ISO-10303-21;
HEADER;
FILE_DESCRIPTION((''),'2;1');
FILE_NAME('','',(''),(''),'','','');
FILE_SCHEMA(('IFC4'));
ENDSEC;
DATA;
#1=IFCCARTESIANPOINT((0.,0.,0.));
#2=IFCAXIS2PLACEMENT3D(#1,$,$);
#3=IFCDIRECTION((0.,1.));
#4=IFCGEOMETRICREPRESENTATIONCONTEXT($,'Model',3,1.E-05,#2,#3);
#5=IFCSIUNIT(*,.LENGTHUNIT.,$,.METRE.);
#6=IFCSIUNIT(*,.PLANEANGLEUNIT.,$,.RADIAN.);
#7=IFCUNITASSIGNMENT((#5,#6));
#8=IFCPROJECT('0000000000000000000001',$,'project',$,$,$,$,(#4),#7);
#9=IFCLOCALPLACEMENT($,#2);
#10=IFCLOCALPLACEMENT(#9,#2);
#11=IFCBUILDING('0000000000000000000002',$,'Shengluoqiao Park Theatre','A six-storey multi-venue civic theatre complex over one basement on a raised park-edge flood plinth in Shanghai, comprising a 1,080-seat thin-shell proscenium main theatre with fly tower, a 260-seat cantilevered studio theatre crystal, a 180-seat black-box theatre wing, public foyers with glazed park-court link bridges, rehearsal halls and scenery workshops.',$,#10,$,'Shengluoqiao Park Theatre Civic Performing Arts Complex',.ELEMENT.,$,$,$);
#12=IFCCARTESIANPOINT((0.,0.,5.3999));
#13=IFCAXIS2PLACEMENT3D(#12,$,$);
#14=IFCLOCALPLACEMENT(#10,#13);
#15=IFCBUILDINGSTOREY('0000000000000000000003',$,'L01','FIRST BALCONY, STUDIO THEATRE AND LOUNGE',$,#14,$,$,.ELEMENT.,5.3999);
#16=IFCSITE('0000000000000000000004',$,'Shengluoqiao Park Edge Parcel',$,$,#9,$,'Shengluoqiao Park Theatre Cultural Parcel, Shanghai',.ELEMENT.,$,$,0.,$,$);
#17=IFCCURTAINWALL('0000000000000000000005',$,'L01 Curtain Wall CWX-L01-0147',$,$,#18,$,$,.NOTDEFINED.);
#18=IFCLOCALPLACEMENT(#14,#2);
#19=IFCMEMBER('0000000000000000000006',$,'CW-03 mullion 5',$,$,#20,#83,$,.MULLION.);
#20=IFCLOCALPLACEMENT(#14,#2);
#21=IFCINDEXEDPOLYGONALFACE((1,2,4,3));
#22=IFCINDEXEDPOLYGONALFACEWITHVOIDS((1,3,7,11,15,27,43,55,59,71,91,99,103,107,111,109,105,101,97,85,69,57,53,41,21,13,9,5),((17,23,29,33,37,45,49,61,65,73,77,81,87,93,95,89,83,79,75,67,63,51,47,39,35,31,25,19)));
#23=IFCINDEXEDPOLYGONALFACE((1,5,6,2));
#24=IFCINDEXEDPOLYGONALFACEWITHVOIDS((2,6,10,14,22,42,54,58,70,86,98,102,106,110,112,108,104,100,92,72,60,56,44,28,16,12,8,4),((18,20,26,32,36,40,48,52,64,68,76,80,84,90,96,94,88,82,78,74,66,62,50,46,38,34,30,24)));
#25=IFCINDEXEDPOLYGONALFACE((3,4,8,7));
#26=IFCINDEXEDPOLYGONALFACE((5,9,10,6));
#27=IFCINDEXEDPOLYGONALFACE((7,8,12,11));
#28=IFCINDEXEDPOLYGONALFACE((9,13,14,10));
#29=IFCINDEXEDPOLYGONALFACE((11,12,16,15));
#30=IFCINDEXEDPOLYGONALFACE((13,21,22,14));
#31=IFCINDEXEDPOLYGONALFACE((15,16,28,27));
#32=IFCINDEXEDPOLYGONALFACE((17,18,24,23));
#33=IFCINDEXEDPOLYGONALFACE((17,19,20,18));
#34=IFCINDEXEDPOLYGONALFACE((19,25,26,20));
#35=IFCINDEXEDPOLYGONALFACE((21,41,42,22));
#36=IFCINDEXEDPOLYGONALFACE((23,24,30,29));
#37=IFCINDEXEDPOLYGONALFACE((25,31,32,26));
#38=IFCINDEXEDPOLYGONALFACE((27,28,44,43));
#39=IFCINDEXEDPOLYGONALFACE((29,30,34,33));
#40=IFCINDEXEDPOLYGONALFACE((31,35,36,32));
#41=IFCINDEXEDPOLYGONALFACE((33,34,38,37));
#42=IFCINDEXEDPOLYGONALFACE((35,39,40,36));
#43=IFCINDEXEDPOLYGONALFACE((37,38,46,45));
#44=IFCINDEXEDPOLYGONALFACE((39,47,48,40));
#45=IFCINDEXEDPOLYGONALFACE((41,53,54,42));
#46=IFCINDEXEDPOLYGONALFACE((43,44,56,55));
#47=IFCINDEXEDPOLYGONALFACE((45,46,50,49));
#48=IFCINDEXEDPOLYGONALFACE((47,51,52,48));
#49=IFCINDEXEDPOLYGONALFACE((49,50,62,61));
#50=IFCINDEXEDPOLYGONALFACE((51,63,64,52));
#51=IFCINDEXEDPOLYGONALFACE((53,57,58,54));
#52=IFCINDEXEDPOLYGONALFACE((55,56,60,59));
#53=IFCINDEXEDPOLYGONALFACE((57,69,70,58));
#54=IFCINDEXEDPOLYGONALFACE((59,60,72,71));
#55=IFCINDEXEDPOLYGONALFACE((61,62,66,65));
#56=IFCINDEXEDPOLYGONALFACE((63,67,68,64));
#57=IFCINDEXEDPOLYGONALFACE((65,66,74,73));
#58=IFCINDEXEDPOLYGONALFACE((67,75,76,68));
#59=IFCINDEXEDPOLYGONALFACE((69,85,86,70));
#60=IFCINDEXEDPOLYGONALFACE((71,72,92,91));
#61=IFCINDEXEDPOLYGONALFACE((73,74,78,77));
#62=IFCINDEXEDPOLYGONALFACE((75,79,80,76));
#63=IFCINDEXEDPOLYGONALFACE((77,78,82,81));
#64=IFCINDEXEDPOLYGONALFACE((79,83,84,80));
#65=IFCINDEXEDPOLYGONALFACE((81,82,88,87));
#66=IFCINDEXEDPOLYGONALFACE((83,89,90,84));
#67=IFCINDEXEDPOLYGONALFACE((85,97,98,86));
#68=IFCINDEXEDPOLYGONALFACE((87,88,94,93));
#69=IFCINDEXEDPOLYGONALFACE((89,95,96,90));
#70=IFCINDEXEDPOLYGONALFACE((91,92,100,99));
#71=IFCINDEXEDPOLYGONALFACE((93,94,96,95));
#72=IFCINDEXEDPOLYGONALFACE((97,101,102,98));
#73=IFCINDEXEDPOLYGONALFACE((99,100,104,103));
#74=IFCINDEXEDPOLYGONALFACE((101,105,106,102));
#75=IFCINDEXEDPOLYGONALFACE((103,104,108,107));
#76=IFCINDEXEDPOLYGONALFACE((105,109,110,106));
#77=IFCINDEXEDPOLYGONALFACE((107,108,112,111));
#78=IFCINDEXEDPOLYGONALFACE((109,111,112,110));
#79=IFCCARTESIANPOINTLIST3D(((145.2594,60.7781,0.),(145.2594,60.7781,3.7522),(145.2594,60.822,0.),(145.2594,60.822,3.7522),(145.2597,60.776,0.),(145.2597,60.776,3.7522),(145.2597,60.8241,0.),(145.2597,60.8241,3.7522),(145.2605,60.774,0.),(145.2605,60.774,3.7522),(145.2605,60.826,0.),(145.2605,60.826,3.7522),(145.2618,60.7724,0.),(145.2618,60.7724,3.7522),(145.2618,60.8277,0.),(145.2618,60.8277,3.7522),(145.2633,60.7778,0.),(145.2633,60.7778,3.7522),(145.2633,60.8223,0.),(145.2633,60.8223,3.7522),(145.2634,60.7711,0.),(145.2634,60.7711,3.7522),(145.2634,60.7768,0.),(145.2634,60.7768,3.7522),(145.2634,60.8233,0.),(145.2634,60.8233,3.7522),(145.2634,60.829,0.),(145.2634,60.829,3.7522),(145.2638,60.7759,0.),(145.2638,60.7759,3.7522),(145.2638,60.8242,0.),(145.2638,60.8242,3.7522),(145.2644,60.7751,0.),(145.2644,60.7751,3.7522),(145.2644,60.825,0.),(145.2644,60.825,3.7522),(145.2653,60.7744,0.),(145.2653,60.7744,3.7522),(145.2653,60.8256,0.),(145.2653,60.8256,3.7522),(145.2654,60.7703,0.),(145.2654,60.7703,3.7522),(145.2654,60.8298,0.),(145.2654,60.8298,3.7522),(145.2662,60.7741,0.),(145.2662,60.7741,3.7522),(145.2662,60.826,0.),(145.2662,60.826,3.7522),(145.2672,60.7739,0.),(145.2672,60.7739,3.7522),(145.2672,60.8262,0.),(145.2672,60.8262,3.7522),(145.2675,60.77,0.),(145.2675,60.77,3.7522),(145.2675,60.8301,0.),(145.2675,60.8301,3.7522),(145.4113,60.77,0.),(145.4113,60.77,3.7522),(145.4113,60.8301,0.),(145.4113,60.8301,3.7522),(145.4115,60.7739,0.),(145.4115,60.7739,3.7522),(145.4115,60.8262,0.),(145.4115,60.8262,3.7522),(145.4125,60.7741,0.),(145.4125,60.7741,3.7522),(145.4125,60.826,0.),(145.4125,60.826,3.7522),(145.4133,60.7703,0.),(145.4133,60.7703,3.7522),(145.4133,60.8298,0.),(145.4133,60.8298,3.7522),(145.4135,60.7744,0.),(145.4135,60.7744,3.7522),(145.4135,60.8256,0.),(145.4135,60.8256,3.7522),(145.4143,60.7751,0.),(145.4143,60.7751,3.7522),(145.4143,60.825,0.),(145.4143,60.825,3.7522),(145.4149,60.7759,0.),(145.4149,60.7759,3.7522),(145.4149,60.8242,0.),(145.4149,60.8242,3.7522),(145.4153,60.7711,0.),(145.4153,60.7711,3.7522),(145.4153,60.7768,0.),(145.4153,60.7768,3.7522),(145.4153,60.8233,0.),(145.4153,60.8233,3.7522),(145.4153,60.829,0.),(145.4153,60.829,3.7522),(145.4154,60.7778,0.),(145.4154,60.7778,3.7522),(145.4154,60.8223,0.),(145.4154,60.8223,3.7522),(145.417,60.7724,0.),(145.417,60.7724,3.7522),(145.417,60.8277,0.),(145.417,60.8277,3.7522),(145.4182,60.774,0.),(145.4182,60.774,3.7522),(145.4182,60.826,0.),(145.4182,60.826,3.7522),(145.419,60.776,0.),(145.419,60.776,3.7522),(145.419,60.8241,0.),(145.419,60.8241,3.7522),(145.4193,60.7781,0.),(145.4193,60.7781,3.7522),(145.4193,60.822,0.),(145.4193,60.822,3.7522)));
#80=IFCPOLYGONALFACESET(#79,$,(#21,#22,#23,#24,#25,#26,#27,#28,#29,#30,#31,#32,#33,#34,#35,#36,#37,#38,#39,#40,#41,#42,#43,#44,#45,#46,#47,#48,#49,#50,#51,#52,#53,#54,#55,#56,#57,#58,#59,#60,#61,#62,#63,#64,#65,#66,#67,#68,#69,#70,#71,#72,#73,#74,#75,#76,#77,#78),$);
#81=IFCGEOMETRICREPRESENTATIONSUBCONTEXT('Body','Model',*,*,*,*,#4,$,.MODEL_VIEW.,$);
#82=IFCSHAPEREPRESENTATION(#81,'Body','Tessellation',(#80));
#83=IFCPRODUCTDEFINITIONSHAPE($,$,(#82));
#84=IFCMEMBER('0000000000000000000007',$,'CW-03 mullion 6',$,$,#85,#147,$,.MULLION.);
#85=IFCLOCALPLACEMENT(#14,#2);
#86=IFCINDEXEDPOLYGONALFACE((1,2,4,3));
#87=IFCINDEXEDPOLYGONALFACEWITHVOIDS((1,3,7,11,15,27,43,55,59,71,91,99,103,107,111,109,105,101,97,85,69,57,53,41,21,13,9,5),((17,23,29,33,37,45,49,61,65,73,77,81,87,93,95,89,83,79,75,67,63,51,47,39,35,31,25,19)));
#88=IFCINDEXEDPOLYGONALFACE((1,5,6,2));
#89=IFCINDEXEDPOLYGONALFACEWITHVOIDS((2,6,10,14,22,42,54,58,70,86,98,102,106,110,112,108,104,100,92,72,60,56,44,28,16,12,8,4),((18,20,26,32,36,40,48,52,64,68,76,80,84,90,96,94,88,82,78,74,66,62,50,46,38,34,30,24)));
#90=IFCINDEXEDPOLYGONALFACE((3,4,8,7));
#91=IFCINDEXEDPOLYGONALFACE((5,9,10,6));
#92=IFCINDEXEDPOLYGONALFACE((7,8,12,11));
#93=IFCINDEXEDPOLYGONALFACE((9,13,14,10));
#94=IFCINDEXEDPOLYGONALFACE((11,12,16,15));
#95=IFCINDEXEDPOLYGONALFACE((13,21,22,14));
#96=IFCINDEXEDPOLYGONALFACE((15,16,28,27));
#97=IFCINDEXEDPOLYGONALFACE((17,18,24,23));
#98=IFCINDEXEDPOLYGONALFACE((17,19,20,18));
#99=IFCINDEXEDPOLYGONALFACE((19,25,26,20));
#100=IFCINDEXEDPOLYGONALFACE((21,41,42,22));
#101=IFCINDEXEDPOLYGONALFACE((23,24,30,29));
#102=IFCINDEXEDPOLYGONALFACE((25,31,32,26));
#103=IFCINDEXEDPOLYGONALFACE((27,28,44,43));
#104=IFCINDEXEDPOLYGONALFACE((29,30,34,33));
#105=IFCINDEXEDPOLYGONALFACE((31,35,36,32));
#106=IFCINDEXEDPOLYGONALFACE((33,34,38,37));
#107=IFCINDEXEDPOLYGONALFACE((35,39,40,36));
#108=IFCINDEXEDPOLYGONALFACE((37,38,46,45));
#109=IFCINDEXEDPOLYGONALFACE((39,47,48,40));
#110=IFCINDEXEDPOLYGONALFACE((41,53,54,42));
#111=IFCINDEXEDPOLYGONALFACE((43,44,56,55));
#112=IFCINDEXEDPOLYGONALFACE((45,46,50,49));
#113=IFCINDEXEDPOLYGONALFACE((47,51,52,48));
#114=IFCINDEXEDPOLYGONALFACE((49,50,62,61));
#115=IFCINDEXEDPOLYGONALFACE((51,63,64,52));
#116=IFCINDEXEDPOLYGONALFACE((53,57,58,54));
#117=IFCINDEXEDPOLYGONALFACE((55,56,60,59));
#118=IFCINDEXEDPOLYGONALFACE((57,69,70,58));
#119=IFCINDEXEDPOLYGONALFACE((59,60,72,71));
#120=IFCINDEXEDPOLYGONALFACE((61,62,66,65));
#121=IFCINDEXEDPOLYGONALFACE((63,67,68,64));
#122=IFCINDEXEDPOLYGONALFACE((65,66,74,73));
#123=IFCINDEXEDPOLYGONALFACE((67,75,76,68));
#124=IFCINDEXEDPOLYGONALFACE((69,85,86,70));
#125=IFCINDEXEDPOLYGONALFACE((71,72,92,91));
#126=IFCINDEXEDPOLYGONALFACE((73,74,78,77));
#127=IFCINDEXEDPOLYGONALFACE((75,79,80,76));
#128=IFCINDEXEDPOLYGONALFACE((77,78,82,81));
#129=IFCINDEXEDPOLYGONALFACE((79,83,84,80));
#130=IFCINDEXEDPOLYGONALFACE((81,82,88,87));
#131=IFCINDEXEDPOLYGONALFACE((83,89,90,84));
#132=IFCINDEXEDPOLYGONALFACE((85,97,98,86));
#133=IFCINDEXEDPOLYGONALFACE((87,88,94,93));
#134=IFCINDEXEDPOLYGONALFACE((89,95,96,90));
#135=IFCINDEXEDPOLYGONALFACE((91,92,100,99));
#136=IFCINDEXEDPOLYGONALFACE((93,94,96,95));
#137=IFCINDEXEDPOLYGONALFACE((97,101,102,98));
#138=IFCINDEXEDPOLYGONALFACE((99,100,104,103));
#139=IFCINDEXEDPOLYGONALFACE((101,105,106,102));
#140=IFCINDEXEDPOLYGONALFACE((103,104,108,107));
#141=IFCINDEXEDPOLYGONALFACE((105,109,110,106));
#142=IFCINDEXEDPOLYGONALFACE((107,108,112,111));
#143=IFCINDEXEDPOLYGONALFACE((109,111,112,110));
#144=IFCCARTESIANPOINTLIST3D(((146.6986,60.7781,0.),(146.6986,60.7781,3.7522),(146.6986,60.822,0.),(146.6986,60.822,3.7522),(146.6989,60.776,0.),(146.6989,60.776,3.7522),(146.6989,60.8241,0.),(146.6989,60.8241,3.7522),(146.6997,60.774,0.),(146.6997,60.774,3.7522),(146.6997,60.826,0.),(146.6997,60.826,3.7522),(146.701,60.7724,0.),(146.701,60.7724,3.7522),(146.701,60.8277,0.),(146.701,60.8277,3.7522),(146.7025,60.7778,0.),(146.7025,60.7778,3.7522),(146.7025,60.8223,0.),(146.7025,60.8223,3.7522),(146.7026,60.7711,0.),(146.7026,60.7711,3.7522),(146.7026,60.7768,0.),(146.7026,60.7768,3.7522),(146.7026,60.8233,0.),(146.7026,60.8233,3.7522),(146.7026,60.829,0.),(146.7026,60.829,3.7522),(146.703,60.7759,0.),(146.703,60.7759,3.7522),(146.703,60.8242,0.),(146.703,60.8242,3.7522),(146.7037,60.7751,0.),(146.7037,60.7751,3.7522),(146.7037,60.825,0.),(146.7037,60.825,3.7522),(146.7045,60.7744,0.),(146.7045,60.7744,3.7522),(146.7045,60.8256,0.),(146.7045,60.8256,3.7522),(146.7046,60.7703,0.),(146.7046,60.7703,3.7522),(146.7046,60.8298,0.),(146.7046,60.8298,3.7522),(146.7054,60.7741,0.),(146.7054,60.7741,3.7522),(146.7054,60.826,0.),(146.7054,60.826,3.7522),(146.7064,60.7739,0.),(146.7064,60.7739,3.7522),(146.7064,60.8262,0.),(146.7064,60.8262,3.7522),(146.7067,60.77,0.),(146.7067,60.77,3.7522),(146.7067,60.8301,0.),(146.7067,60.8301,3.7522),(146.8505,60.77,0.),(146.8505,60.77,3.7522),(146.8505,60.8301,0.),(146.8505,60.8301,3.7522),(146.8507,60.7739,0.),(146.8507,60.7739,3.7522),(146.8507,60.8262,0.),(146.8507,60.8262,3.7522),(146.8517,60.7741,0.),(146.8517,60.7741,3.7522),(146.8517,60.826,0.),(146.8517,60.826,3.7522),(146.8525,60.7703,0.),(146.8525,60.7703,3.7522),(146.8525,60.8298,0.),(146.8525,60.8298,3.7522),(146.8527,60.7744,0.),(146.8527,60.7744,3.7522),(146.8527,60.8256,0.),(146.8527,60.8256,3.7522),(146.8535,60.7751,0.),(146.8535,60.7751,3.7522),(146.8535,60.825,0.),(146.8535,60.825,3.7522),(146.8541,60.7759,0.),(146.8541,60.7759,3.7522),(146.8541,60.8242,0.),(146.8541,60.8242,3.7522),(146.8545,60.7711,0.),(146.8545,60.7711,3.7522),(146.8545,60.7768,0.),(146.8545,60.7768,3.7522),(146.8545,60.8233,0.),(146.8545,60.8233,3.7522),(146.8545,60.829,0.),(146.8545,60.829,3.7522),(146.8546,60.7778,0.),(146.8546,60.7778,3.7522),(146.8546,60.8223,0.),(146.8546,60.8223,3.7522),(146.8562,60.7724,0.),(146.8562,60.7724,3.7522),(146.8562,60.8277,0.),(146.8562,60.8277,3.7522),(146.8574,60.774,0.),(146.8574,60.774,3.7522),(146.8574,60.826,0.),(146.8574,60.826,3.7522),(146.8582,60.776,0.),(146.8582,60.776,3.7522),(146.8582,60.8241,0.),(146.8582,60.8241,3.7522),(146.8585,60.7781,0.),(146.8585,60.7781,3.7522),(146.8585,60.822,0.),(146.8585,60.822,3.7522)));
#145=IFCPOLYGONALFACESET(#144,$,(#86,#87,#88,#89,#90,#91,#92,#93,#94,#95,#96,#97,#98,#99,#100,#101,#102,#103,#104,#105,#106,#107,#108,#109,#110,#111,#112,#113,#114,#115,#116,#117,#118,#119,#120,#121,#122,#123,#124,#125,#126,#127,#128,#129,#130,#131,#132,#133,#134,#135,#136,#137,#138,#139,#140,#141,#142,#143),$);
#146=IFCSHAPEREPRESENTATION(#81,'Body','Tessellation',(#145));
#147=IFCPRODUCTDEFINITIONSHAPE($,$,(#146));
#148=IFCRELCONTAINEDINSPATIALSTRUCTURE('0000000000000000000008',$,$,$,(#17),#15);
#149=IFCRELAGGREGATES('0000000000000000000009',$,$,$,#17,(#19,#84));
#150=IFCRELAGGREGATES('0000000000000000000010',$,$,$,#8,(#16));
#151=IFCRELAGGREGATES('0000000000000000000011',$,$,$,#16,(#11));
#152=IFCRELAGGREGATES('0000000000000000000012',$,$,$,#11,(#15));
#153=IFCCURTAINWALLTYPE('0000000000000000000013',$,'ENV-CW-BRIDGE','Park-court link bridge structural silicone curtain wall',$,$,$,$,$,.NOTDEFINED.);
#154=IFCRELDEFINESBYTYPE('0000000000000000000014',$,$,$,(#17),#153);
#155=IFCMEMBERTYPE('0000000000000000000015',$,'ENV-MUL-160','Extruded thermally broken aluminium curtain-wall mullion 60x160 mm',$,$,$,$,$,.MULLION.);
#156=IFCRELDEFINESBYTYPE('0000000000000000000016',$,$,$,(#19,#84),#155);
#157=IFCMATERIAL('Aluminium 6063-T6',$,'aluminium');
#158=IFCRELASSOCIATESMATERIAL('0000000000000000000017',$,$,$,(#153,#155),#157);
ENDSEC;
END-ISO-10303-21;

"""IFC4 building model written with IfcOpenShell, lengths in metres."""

from ifc_helpers import new_model, si_unit, direction, frame, origin, origin_2d, place, context, subcontext, project, spatial, hollow_rectangle, extrude, material, material_profile, profile_set, type_object, element, aggregate, save


model = new_model("IFC4")

# Units and contexts
model_context = context("Model", 3, precision=1e-05, world=origin(), true_north=direction((0.0, 1.0)))
body_context = subcontext(model_context, "Body", "Model", "MODEL_VIEW")
ifc_project = project(units=[si_unit("LENGTHUNIT", "METRE"), si_unit("PLANEANGLEUNIT", "RADIAN")], contexts=[model_context])

# Site, building, storey
site_placement = place(None, origin())
site = spatial("IfcSite", under=ifc_project, at=site_placement, Name="Shengluoqiao Park Edge Parcel", LongName="Shengluoqiao Park Theatre Cultural Parcel, Shanghai", CompositionType="ELEMENT", RefElevation=0.0)
building_placement = place(site_placement, origin())
building = spatial("IfcBuilding", under=site, at=building_placement, Name="Shengluoqiao Park Theatre", Description="A six-storey multi-venue civic theatre complex over one basement on a raised park-edge flood plinth in Shanghai, comprising a 1,080-seat thin-shell proscenium main theatre with fly tower, a 260-seat cantilevered studio theatre crystal, a 180-seat black-box theatre wing, public foyers with glazed park-court link bridges, rehearsal halls and scenery workshops.", LongName="Shengluoqiao Park Theatre Civic Performing Arts Complex", CompositionType="ELEMENT")
storey_placement = place(building_placement, frame((0.0, 0.0, 5.3999)))
storey = spatial("IfcBuildingStorey", under=building, at=storey_placement, Name="L01", Description="FIRST BALCONY, STUDIO THEATRE AND LOUNGE", CompositionType="ELEMENT", Elevation=5.3999)

# Curtain wall, members
ifc_material_1 = material(Name="Aluminium 6063-T6", Category="aluminium")
curtain_wall_type = type_object("IfcCurtainWallType", Name="ENV-CW-BRIDGE", Description="Park-court link bridge structural silicone curtain wall", PredefinedType="NOTDEFINED", material=ifc_material_1)
curtain_wall_1_placement = place(storey_placement, origin())
curtain_wall_1 = element("IfcCurtainWall", 1, at=curtain_wall_1_placement, inside=storey, type_object=curtain_wall_type, Name="L01 Curtain Wall CWX-L01-0147", PredefinedType="NOTDEFINED")
ifc_material_profile_1 = material_profile(ifc_material_1, hollow_rectangle(XDim=0.0601, YDim=0.1599, WallThickness=0.0039, InnerFilletRadius=0.0039, OuterFilletRadius=0.0081, at=origin_2d()), Name="ALU MULLION 160x60x4")
ifc_profile_set_1 = profile_set([ifc_material_profile_1], Name="Aluminium 6063-T6")
member_type_1 = type_object("IfcMemberType", Name="ENV-MUL-160", Description="Extruded thermally broken aluminium curtain-wall mullion 60x160 mm", PredefinedType="MULLION", material=ifc_profile_set_1)
member_1_placement = place(storey_placement, frame((145.3394, 60.8, 0.0), z_axis=(0.0, 0.0, 1.0), x_axis=(0.0, 1.0, 0.0)))
member_1 = element("IfcMember", 2, at=member_1_placement, type_object=member_type_1, Name="CW-03 mullion 5", PredefinedType="MULLION", context=body_context, shape_type="SweptSolid", body=[
    extrude(hollow_rectangle(XDim=0.0601, YDim=0.1599, WallThickness=0.0039, InnerFilletRadius=0.0039, OuterFilletRadius=0.0081, at=origin_2d()), origin(), (0.0, 0.0, 1.0), 3.7522),
])
member_2_placement = place(storey_placement, frame((146.7786, 60.8, 0.0), z_axis=(0.0, 0.0, 1.0), x_axis=(0.0, 1.0, 0.0)))
member_2 = element("IfcMember", 3, at=member_2_placement, type_object=member_type_1, Name="CW-03 mullion 6", PredefinedType="MULLION", context=body_context, shape_type="SweptSolid", body=[
    extrude(hollow_rectangle(XDim=0.0601, YDim=0.1599, WallThickness=0.0039, InnerFilletRadius=0.0039, OuterFilletRadius=0.0081, at=origin_2d()), origin(), (0.0, 0.0, 1.0), 3.7522),
])

aggregate(curtain_wall_1, [member_1, member_2])

save(model, "model.ifc")
